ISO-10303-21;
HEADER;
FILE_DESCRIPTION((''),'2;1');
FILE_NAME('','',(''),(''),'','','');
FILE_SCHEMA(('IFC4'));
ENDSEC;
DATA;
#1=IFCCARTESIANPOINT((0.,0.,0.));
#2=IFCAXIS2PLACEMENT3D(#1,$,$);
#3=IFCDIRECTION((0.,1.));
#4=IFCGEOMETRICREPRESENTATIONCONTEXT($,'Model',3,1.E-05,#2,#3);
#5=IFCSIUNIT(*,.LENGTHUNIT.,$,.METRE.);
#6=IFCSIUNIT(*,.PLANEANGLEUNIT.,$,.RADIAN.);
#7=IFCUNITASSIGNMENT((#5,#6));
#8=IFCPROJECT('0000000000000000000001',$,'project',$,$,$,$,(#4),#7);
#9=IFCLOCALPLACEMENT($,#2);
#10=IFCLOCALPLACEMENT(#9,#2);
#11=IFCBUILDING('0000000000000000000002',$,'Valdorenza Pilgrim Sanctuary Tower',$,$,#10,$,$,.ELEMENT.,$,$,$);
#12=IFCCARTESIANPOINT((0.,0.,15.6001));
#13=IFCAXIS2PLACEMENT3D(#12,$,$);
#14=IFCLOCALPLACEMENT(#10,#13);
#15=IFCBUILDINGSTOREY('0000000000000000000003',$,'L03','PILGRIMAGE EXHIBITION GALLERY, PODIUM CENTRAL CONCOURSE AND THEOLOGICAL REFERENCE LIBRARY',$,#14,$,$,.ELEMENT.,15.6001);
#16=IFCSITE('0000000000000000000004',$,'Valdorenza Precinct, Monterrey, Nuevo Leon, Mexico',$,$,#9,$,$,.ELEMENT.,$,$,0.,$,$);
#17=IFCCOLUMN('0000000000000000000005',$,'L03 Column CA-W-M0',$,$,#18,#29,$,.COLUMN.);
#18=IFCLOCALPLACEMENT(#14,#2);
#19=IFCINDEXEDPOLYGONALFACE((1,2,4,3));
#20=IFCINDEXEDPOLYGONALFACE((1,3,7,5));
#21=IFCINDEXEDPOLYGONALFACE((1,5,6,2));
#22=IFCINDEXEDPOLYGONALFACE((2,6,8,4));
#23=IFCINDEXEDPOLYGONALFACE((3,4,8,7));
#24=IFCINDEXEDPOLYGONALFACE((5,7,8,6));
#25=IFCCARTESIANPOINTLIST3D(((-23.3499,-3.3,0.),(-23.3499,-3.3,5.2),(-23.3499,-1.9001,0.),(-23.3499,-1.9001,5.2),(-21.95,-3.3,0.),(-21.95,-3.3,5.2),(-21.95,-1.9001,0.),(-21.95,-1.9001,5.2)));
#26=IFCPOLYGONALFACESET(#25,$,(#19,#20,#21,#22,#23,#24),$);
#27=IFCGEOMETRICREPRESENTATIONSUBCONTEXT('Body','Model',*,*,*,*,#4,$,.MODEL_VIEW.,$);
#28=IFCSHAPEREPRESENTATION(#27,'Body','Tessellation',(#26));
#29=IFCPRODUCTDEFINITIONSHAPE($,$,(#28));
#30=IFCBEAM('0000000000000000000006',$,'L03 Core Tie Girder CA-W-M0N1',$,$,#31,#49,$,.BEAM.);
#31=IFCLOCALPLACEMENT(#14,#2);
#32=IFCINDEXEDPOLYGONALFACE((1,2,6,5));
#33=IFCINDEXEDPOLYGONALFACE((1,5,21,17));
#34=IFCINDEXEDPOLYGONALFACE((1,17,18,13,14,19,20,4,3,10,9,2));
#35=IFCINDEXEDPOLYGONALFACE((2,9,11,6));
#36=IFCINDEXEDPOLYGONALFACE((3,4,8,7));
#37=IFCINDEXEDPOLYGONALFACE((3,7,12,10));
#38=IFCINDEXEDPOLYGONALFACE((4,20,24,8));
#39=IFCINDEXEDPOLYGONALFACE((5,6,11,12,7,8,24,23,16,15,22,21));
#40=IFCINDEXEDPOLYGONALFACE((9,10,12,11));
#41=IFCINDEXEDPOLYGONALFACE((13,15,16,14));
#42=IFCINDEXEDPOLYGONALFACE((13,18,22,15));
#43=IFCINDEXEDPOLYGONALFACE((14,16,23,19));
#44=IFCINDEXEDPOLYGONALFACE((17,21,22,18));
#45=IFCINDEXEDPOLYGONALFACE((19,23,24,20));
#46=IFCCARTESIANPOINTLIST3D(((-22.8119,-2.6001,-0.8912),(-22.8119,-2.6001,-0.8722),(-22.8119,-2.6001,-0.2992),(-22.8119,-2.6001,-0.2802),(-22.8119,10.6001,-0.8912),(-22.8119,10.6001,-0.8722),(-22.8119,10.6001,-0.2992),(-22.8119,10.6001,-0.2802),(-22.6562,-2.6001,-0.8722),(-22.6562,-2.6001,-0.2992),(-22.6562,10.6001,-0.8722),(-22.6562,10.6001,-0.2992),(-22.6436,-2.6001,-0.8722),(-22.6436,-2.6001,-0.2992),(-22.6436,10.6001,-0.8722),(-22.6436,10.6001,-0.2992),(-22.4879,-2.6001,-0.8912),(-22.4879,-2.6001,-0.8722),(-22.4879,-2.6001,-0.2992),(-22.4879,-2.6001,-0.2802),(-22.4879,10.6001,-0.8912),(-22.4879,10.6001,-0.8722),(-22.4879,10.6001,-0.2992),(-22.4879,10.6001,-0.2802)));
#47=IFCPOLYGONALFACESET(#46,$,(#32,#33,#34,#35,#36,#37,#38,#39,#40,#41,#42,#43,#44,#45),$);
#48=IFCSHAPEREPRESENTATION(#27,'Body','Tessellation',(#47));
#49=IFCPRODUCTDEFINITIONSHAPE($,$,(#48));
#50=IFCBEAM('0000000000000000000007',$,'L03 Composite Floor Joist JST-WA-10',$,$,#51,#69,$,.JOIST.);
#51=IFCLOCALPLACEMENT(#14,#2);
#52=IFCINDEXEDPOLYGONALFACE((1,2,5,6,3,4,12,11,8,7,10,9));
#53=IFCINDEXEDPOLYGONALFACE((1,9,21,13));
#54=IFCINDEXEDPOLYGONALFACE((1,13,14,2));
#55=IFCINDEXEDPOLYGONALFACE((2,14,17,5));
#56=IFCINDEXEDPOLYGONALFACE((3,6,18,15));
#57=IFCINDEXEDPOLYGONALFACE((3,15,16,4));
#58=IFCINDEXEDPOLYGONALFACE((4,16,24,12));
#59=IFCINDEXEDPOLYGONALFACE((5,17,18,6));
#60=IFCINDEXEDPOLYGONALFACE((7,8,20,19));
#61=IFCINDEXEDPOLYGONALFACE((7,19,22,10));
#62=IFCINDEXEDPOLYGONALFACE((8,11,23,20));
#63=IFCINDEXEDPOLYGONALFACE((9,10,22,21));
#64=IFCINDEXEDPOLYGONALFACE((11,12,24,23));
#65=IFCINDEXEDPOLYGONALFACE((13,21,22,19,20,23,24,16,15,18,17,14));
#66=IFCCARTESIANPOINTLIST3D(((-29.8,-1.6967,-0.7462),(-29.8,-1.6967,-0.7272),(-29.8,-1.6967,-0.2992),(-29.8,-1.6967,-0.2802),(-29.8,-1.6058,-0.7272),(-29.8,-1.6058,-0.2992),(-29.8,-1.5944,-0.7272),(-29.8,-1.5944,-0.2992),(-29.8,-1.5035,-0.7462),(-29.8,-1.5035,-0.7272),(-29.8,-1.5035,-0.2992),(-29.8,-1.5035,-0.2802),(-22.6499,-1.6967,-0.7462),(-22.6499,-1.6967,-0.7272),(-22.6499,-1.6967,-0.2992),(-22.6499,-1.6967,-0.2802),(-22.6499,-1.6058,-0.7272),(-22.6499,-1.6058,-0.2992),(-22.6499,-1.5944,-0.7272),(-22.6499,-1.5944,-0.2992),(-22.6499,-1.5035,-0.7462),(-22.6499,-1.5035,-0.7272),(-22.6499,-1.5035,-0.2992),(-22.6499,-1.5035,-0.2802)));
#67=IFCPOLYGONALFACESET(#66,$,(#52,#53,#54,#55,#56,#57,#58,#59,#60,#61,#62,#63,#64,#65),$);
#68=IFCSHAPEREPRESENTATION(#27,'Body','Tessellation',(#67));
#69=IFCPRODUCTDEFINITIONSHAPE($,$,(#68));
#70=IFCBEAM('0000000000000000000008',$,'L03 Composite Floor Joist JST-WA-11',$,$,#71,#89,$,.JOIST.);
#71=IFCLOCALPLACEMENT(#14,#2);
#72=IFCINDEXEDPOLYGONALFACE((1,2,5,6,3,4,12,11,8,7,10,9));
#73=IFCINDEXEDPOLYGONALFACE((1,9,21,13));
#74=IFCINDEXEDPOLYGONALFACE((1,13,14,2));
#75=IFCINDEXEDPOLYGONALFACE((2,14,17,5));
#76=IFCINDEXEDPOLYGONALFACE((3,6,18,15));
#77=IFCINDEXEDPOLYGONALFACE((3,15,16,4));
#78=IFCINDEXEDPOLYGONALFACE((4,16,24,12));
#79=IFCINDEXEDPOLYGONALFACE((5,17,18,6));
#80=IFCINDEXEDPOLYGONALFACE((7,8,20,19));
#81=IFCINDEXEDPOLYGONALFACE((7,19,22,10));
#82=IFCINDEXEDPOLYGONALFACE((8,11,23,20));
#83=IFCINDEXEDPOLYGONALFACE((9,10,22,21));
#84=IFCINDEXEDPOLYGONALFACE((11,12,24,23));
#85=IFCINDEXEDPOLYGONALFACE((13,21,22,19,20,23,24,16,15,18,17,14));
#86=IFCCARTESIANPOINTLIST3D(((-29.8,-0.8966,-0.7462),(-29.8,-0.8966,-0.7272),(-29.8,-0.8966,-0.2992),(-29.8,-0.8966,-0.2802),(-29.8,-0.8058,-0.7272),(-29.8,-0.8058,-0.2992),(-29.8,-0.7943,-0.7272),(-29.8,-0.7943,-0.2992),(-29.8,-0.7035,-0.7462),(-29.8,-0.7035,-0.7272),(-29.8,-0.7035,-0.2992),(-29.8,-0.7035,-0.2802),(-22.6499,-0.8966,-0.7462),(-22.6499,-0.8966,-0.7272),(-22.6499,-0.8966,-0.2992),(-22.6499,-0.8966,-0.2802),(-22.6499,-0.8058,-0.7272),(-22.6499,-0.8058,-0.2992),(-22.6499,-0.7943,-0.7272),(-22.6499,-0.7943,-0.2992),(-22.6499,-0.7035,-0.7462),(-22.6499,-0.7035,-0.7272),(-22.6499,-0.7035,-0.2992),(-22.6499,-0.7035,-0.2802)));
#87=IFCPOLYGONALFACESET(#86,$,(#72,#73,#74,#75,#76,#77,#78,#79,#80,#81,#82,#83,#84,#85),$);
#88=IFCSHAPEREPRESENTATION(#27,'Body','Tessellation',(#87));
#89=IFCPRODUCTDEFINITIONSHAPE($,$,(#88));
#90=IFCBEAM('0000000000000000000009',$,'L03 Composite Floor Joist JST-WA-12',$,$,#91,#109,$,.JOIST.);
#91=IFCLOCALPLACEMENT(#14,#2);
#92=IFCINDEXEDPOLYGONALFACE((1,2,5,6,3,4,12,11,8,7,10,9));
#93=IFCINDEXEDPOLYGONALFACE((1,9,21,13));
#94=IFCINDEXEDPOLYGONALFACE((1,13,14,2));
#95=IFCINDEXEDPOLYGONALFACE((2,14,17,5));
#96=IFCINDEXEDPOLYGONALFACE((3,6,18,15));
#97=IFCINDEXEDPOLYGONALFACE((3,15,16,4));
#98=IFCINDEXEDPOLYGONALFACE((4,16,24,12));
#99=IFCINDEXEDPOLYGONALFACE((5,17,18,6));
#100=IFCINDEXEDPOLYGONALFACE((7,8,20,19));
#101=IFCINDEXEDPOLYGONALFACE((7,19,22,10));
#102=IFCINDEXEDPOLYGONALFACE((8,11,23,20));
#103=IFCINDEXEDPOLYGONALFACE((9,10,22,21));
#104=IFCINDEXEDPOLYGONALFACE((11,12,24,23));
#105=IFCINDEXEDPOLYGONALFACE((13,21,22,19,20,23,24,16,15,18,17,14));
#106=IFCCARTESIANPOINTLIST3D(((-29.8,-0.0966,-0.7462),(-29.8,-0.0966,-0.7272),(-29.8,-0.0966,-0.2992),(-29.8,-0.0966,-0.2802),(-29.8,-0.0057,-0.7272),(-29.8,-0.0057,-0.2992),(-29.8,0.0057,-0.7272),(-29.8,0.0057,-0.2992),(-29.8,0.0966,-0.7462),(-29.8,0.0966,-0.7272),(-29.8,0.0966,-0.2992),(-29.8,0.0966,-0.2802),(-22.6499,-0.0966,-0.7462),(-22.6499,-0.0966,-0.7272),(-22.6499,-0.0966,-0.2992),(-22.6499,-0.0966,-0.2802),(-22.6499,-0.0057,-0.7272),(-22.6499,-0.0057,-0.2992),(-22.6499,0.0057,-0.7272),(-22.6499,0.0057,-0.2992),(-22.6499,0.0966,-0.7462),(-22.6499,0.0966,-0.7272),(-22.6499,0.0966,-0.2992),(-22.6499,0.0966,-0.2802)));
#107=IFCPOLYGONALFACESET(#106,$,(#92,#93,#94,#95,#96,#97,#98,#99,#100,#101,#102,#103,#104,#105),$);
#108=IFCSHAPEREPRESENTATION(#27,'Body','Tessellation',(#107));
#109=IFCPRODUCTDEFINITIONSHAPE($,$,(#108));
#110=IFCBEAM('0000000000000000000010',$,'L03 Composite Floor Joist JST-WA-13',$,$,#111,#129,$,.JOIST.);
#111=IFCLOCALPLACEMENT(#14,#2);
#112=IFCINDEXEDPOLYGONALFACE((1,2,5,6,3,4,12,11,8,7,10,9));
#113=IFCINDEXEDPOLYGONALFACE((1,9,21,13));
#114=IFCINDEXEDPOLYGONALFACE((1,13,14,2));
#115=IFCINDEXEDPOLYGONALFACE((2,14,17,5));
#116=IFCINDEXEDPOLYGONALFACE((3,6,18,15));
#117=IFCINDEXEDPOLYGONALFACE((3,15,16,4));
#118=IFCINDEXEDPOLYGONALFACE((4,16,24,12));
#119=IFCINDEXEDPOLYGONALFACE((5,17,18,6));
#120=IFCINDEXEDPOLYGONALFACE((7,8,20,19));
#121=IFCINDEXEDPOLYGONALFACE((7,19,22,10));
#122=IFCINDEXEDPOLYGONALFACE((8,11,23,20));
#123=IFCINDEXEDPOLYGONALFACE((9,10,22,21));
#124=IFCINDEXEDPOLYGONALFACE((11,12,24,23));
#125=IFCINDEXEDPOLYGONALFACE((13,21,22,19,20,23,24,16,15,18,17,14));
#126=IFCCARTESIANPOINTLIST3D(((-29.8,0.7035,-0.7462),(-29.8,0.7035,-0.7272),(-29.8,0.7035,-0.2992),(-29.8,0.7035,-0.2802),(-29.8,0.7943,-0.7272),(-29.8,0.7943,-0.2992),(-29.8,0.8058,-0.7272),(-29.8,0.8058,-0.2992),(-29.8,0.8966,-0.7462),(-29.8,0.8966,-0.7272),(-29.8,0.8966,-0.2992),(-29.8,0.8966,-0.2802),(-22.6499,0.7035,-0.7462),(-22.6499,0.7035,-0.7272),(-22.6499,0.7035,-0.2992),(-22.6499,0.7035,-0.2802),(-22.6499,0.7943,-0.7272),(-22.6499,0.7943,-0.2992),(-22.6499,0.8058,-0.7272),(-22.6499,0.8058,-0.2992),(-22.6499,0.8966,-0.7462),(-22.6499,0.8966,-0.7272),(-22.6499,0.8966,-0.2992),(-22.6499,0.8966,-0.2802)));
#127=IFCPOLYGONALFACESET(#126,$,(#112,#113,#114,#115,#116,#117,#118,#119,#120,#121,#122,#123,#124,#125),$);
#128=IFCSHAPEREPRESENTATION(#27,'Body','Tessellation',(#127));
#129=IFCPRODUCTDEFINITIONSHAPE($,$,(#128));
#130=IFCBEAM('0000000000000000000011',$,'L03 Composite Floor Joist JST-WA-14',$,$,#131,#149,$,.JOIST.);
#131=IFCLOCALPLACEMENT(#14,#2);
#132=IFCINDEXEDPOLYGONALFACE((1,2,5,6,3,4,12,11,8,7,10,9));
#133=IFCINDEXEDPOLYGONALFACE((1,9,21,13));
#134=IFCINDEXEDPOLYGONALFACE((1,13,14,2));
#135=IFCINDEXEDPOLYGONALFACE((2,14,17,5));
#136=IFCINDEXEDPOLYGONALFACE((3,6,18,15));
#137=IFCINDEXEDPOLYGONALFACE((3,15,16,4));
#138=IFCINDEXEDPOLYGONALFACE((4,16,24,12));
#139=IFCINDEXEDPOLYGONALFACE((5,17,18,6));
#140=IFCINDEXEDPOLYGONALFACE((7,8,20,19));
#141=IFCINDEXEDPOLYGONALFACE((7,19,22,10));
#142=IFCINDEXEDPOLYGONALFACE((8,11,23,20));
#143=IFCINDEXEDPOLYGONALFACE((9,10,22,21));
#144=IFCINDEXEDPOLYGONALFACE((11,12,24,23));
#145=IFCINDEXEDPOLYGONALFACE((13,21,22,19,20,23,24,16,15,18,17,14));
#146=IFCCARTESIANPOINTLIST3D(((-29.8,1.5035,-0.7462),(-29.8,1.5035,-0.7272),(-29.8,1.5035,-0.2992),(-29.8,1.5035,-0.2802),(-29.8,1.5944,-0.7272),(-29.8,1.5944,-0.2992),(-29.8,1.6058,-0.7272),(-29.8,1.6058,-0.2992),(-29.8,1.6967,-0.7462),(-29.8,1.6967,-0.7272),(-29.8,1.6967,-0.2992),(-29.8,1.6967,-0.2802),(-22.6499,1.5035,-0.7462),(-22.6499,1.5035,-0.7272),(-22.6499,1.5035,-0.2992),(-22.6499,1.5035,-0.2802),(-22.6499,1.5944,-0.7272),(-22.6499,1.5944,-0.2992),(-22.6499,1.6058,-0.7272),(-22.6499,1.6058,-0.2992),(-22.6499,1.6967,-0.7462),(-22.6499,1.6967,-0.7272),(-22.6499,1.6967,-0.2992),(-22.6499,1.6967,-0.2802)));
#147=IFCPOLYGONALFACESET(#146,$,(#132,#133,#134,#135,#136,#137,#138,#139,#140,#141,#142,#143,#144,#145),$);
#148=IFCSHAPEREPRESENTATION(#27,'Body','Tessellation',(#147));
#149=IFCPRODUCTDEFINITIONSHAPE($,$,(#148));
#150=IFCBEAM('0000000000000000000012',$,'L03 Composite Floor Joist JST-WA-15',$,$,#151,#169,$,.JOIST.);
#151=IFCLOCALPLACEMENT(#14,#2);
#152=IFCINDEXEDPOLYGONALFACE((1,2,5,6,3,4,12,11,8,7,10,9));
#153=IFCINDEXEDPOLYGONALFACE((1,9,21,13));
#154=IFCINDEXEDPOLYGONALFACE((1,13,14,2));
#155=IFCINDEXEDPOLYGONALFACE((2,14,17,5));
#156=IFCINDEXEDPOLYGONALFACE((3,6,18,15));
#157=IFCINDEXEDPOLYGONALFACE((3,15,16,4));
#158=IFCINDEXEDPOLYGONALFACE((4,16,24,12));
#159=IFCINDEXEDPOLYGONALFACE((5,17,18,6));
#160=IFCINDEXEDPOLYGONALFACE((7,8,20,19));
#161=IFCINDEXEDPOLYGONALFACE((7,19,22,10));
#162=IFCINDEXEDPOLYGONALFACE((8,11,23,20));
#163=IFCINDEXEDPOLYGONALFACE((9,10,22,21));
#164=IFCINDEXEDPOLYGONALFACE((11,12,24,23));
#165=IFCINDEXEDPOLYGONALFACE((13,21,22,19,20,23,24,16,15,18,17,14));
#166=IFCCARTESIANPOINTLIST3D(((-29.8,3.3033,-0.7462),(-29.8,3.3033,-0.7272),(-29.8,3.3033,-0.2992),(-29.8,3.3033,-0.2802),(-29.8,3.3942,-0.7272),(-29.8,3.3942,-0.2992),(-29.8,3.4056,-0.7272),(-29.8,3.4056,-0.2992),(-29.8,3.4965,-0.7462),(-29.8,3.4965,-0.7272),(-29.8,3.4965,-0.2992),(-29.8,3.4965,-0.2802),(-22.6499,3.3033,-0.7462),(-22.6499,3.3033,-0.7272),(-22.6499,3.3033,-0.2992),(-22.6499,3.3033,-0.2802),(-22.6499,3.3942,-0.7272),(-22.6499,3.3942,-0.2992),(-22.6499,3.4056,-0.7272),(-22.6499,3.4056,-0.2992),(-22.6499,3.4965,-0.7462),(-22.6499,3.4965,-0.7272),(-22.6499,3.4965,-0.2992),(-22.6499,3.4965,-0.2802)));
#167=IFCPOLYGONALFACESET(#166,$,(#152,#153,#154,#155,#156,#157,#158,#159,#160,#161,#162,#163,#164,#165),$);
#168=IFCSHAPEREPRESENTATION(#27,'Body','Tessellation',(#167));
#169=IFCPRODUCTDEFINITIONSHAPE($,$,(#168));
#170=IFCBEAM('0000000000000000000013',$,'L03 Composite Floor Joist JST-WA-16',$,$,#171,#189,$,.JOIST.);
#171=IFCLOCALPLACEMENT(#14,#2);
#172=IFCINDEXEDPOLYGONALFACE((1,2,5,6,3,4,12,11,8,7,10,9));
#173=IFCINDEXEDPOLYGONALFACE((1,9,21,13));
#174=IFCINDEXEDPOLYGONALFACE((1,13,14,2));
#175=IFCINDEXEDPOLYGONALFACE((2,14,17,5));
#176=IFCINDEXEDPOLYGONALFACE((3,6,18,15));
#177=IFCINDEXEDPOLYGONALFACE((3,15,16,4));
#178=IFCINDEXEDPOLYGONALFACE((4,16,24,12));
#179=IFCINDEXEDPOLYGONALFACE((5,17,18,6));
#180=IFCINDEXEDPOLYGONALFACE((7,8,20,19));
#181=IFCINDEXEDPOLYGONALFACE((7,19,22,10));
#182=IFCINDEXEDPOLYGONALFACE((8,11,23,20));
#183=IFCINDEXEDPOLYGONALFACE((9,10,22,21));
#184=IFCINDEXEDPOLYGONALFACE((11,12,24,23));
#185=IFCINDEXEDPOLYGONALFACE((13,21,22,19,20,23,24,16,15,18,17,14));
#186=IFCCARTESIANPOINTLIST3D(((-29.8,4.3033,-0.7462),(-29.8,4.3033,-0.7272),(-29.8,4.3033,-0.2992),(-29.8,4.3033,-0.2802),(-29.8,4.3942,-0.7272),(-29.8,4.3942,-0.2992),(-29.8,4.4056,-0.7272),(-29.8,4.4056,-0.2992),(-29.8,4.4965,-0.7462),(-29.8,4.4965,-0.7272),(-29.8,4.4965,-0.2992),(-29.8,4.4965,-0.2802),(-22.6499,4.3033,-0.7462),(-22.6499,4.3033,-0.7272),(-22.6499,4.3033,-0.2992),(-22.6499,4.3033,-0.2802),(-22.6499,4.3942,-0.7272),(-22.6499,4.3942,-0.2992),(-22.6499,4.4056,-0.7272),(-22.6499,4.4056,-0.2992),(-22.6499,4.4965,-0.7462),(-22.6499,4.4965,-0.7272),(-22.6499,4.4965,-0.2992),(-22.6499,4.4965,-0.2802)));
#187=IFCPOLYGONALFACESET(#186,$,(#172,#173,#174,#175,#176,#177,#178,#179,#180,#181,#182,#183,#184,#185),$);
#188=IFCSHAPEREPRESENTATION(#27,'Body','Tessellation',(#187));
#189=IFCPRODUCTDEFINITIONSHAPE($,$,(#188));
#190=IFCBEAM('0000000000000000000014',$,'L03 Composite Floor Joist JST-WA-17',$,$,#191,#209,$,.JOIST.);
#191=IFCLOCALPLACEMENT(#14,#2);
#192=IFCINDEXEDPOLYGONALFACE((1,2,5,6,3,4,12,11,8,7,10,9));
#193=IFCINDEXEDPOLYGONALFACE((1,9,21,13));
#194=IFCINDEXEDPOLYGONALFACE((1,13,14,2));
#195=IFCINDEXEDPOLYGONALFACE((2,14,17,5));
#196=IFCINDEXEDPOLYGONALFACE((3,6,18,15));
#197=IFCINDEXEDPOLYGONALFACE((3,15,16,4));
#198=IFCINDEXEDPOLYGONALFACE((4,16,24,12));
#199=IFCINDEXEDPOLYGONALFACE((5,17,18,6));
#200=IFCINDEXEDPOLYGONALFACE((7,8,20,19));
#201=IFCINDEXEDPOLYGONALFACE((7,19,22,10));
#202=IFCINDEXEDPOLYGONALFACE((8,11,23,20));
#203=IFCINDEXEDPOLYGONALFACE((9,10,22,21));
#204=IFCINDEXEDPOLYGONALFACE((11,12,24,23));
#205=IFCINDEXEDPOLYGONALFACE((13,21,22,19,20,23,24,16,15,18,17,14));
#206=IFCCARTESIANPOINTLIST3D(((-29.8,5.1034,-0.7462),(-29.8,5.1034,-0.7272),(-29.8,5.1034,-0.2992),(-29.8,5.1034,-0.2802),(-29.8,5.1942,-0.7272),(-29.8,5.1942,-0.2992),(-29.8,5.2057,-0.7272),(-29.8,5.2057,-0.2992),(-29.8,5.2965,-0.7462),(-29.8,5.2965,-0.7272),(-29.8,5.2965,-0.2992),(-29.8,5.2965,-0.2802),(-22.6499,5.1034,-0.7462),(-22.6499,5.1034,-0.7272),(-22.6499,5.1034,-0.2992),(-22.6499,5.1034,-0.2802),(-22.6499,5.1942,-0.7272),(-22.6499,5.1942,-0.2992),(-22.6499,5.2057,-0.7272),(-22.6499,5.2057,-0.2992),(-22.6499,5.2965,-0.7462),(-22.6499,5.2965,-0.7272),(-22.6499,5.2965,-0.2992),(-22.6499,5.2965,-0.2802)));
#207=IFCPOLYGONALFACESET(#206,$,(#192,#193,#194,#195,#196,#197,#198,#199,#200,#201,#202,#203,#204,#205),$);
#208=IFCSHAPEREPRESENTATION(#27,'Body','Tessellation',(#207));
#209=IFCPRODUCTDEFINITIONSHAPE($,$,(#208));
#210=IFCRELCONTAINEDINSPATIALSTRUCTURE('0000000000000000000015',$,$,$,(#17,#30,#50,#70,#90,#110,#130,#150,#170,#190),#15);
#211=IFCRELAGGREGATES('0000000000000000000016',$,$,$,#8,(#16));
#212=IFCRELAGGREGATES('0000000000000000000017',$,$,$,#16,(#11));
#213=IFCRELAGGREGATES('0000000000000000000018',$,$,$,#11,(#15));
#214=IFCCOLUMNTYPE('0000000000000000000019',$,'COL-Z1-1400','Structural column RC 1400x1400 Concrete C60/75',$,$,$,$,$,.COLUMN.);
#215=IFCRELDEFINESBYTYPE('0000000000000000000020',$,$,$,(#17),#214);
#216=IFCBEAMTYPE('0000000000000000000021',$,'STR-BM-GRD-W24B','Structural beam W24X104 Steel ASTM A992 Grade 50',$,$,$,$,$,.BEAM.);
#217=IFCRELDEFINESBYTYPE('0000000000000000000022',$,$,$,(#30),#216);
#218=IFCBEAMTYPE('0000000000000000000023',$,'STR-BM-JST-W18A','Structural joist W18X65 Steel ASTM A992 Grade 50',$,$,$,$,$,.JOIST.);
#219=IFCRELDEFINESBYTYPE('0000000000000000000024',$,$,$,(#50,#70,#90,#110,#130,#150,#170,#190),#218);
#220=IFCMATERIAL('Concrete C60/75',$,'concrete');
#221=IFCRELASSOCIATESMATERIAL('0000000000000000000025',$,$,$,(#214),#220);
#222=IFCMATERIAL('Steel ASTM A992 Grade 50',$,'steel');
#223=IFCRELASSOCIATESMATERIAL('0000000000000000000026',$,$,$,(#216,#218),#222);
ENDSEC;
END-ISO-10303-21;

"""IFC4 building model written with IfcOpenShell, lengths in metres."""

from ifc_helpers import new_model, si_unit, direction, frame, origin, origin_2d, place, context, subcontext, project, spatial, rectangle, i_section, extrude, source, transform, mapped, material, material_profile, profile_set, type_object, element, save


model = new_model("IFC4")

# Units and contexts
model_context = context("Model", 3, precision=1e-05, world=origin(), true_north=direction((0.0, 1.0)))
body_context = subcontext(model_context, "Body", "Model", "MODEL_VIEW")
ifc_project = project(units=[si_unit("LENGTHUNIT", "METRE"), si_unit("PLANEANGLEUNIT", "RADIAN")], contexts=[model_context])

# Site, building, storey
site_placement = place(None, origin())
site = spatial("IfcSite", under=ifc_project, at=site_placement, Name="Valdorenza Precinct, Monterrey, Nuevo Leon, Mexico", CompositionType="ELEMENT", RefElevation=0.0)
building_placement = place(site_placement, origin())
building = spatial("IfcBuilding", under=site, at=building_placement, Name="Valdorenza Pilgrim Sanctuary Tower", CompositionType="ELEMENT")
storey_placement = place(building_placement, frame((0.0, 0.0, 15.6001)))
storey = spatial("IfcBuildingStorey", under=building, at=storey_placement, Name="L03", Description="PILGRIMAGE EXHIBITION GALLERY, PODIUM CENTRAL CONCOURSE AND THEOLOGICAL REFERENCE LIBRARY", CompositionType="ELEMENT", Elevation=15.6001)

# Column
ifc_material_1 = material(Name="Concrete C60/75", Category="concrete")
ifc_material_profile_1 = material_profile(ifc_material_1, rectangle(XDim=1.3999, YDim=1.3999, at=origin_2d()), Name="RC 1400x1400")
ifc_profile_set_1 = profile_set([ifc_material_profile_1], Name="Concrete C60/75")
column_type = type_object("IfcColumnType", Name="COL-Z1-1400", Description="Structural column RC 1400x1400 Concrete C60/75", PredefinedType="COLUMN", material=ifc_profile_set_1)
shared_shape_1 = source(origin(), body_context, "Body", "SweptSolid", [
    extrude(rectangle(XDim=1.3999, YDim=1.3999, at=origin_2d()), origin(), (0.0, 0.0, 1.0), 5.2),
])
column_placement = place(storey_placement, frame((-22.6499, -2.6001, 0.0), z_axis=(0.0, 0.0, 1.0), x_axis=(1.0, 0.0, 0.0)))
element("IfcColumn", 1, at=column_placement, inside=storey, type_object=column_type, Name="L03 Column CA-W-M0", PredefinedType="COLUMN", context=body_context, shape_type="MappedRepresentation", body=[
    mapped(shared_shape_1, transform((0.0, 0.0, 0.0), x_axis=(1.0, 0.0, 0.0), y_axis=(0.0, 1.0, 0.0), z_axis=(0.0, 0.0, 1.0), scale=1.0)),
])

# Beams
ifc_material_2 = material(Name="Steel ASTM A992 Grade 50", Category="steel")
ifc_material_profile_2 = material_profile(ifc_material_2, i_section(OverallWidth=0.324, OverallDepth=0.6111, WebThickness=0.0127, FlangeThickness=0.019, at=origin_2d()), Name="W24X104")
ifc_profile_set_2 = profile_set([ifc_material_profile_2], Name="Steel ASTM A992 Grade 50")
beam_type_1 = type_object("IfcBeamType", Name="STR-BM-GRD-W24B", Description="Structural beam W24X104 Steel ASTM A992 Grade 50", PredefinedType="BEAM", material=ifc_profile_set_2)
shared_shape_2 = source(origin(), body_context, "Body", "SweptSolid", [
    extrude(i_section(OverallWidth=0.324, OverallDepth=0.6111, WebThickness=0.0127, FlangeThickness=0.019, at=origin_2d()), origin(), (0.0, 0.0, 1.0), 13.2002),
])
beam_placement = place(storey_placement, frame((-22.6499, -2.6001, -0.5857), z_axis=(0.0, 1.0, 0.0), x_axis=(-1.0, 0.0, 0.0)))
element("IfcBeam", 2, at=beam_placement, inside=storey, type_object=beam_type_1, Name="L03 Core Tie Girder CA-W-M0N1", PredefinedType="BEAM", context=body_context, shape_type="MappedRepresentation", body=[
    mapped(shared_shape_2, transform((0.0, 0.0, 0.0), x_axis=(1.0, 0.0, 0.0), y_axis=(0.0, 1.0, 0.0), z_axis=(0.0, 0.0, 1.0), scale=1.0)),
])
ifc_material_profile_3 = material_profile(ifc_material_2, i_section(OverallWidth=0.1931, OverallDepth=0.4661, WebThickness=0.0115, FlangeThickness=0.019, at=origin_2d()), Name="W18X65")
ifc_profile_set_3 = profile_set([ifc_material_profile_3], Name="Steel ASTM A992 Grade 50")
beam_type_2 = type_object("IfcBeamType", Name="STR-BM-JST-W18A", Description="Structural joist W18X65 Steel ASTM A992 Grade 50", PredefinedType="JOIST", material=ifc_profile_set_3)
shared_shape_3 = source(origin(), body_context, "Body", "SweptSolid", [
    extrude(i_section(OverallWidth=0.1931, OverallDepth=0.4661, WebThickness=0.0115, FlangeThickness=0.019, at=origin_2d()), origin(), (0.0, 0.0, 1.0), 7.1501),
])
for number, where, z_axis, x_axis, name in (
    (3, (-29.8, -1.6001, -0.5132), (1.0, 0.0, 0.0), (0.0, 1.0, 0.0), "L03 Composite Floor Joist JST-WA-10"),
    (4, (-29.8, -0.8, -0.5132), (1.0, 0.0, 0.0), (0.0, 1.0, 0.0), "L03 Composite Floor Joist JST-WA-11"),
    (5, (-29.8, 0.0, -0.5132), (1.0, 0.0, 0.0), (0.0, 1.0, 0.0), "L03 Composite Floor Joist JST-WA-12"),
    (6, (-29.8, 0.8, -0.5132), (1.0, 0.0, 0.0), (0.0, 1.0, 0.0), "L03 Composite Floor Joist JST-WA-13"),
    (7, (-29.8, 1.6001, -0.5132), (1.0, 0.0, 0.0), (0.0, 1.0, 0.0), "L03 Composite Floor Joist JST-WA-14"),
    (8, (-29.8, 3.3999, -0.5132), (1.0, 0.0, 0.0), (0.0, 1.0, 0.0), "L03 Composite Floor Joist JST-WA-15"),
    (9, (-29.8, 4.3999, -0.5132), (1.0, 0.0, 0.0), (0.0, 1.0, 0.0), "L03 Composite Floor Joist JST-WA-16"),
    (10, (-29.8, 5.2, -0.5132), (1.0, 0.0, 0.0), (0.0, 1.0, 0.0), "L03 Composite Floor Joist JST-WA-17"),
):
    element("IfcBeam", number, at=place(storey_placement, frame(where, z_axis=z_axis, x_axis=x_axis)), inside=storey, type_object=beam_type_2, Name=name, PredefinedType="JOIST", context=body_context, shape_type="MappedRepresentation", body=[
        mapped(shared_shape_3, transform((0.0, 0.0, 0.0), x_axis=(1.0, 0.0, 0.0), y_axis=(0.0, 1.0, 0.0), z_axis=(0.0, 0.0, 1.0), scale=1.0)),
    ])

save(model, "model.ifc")
